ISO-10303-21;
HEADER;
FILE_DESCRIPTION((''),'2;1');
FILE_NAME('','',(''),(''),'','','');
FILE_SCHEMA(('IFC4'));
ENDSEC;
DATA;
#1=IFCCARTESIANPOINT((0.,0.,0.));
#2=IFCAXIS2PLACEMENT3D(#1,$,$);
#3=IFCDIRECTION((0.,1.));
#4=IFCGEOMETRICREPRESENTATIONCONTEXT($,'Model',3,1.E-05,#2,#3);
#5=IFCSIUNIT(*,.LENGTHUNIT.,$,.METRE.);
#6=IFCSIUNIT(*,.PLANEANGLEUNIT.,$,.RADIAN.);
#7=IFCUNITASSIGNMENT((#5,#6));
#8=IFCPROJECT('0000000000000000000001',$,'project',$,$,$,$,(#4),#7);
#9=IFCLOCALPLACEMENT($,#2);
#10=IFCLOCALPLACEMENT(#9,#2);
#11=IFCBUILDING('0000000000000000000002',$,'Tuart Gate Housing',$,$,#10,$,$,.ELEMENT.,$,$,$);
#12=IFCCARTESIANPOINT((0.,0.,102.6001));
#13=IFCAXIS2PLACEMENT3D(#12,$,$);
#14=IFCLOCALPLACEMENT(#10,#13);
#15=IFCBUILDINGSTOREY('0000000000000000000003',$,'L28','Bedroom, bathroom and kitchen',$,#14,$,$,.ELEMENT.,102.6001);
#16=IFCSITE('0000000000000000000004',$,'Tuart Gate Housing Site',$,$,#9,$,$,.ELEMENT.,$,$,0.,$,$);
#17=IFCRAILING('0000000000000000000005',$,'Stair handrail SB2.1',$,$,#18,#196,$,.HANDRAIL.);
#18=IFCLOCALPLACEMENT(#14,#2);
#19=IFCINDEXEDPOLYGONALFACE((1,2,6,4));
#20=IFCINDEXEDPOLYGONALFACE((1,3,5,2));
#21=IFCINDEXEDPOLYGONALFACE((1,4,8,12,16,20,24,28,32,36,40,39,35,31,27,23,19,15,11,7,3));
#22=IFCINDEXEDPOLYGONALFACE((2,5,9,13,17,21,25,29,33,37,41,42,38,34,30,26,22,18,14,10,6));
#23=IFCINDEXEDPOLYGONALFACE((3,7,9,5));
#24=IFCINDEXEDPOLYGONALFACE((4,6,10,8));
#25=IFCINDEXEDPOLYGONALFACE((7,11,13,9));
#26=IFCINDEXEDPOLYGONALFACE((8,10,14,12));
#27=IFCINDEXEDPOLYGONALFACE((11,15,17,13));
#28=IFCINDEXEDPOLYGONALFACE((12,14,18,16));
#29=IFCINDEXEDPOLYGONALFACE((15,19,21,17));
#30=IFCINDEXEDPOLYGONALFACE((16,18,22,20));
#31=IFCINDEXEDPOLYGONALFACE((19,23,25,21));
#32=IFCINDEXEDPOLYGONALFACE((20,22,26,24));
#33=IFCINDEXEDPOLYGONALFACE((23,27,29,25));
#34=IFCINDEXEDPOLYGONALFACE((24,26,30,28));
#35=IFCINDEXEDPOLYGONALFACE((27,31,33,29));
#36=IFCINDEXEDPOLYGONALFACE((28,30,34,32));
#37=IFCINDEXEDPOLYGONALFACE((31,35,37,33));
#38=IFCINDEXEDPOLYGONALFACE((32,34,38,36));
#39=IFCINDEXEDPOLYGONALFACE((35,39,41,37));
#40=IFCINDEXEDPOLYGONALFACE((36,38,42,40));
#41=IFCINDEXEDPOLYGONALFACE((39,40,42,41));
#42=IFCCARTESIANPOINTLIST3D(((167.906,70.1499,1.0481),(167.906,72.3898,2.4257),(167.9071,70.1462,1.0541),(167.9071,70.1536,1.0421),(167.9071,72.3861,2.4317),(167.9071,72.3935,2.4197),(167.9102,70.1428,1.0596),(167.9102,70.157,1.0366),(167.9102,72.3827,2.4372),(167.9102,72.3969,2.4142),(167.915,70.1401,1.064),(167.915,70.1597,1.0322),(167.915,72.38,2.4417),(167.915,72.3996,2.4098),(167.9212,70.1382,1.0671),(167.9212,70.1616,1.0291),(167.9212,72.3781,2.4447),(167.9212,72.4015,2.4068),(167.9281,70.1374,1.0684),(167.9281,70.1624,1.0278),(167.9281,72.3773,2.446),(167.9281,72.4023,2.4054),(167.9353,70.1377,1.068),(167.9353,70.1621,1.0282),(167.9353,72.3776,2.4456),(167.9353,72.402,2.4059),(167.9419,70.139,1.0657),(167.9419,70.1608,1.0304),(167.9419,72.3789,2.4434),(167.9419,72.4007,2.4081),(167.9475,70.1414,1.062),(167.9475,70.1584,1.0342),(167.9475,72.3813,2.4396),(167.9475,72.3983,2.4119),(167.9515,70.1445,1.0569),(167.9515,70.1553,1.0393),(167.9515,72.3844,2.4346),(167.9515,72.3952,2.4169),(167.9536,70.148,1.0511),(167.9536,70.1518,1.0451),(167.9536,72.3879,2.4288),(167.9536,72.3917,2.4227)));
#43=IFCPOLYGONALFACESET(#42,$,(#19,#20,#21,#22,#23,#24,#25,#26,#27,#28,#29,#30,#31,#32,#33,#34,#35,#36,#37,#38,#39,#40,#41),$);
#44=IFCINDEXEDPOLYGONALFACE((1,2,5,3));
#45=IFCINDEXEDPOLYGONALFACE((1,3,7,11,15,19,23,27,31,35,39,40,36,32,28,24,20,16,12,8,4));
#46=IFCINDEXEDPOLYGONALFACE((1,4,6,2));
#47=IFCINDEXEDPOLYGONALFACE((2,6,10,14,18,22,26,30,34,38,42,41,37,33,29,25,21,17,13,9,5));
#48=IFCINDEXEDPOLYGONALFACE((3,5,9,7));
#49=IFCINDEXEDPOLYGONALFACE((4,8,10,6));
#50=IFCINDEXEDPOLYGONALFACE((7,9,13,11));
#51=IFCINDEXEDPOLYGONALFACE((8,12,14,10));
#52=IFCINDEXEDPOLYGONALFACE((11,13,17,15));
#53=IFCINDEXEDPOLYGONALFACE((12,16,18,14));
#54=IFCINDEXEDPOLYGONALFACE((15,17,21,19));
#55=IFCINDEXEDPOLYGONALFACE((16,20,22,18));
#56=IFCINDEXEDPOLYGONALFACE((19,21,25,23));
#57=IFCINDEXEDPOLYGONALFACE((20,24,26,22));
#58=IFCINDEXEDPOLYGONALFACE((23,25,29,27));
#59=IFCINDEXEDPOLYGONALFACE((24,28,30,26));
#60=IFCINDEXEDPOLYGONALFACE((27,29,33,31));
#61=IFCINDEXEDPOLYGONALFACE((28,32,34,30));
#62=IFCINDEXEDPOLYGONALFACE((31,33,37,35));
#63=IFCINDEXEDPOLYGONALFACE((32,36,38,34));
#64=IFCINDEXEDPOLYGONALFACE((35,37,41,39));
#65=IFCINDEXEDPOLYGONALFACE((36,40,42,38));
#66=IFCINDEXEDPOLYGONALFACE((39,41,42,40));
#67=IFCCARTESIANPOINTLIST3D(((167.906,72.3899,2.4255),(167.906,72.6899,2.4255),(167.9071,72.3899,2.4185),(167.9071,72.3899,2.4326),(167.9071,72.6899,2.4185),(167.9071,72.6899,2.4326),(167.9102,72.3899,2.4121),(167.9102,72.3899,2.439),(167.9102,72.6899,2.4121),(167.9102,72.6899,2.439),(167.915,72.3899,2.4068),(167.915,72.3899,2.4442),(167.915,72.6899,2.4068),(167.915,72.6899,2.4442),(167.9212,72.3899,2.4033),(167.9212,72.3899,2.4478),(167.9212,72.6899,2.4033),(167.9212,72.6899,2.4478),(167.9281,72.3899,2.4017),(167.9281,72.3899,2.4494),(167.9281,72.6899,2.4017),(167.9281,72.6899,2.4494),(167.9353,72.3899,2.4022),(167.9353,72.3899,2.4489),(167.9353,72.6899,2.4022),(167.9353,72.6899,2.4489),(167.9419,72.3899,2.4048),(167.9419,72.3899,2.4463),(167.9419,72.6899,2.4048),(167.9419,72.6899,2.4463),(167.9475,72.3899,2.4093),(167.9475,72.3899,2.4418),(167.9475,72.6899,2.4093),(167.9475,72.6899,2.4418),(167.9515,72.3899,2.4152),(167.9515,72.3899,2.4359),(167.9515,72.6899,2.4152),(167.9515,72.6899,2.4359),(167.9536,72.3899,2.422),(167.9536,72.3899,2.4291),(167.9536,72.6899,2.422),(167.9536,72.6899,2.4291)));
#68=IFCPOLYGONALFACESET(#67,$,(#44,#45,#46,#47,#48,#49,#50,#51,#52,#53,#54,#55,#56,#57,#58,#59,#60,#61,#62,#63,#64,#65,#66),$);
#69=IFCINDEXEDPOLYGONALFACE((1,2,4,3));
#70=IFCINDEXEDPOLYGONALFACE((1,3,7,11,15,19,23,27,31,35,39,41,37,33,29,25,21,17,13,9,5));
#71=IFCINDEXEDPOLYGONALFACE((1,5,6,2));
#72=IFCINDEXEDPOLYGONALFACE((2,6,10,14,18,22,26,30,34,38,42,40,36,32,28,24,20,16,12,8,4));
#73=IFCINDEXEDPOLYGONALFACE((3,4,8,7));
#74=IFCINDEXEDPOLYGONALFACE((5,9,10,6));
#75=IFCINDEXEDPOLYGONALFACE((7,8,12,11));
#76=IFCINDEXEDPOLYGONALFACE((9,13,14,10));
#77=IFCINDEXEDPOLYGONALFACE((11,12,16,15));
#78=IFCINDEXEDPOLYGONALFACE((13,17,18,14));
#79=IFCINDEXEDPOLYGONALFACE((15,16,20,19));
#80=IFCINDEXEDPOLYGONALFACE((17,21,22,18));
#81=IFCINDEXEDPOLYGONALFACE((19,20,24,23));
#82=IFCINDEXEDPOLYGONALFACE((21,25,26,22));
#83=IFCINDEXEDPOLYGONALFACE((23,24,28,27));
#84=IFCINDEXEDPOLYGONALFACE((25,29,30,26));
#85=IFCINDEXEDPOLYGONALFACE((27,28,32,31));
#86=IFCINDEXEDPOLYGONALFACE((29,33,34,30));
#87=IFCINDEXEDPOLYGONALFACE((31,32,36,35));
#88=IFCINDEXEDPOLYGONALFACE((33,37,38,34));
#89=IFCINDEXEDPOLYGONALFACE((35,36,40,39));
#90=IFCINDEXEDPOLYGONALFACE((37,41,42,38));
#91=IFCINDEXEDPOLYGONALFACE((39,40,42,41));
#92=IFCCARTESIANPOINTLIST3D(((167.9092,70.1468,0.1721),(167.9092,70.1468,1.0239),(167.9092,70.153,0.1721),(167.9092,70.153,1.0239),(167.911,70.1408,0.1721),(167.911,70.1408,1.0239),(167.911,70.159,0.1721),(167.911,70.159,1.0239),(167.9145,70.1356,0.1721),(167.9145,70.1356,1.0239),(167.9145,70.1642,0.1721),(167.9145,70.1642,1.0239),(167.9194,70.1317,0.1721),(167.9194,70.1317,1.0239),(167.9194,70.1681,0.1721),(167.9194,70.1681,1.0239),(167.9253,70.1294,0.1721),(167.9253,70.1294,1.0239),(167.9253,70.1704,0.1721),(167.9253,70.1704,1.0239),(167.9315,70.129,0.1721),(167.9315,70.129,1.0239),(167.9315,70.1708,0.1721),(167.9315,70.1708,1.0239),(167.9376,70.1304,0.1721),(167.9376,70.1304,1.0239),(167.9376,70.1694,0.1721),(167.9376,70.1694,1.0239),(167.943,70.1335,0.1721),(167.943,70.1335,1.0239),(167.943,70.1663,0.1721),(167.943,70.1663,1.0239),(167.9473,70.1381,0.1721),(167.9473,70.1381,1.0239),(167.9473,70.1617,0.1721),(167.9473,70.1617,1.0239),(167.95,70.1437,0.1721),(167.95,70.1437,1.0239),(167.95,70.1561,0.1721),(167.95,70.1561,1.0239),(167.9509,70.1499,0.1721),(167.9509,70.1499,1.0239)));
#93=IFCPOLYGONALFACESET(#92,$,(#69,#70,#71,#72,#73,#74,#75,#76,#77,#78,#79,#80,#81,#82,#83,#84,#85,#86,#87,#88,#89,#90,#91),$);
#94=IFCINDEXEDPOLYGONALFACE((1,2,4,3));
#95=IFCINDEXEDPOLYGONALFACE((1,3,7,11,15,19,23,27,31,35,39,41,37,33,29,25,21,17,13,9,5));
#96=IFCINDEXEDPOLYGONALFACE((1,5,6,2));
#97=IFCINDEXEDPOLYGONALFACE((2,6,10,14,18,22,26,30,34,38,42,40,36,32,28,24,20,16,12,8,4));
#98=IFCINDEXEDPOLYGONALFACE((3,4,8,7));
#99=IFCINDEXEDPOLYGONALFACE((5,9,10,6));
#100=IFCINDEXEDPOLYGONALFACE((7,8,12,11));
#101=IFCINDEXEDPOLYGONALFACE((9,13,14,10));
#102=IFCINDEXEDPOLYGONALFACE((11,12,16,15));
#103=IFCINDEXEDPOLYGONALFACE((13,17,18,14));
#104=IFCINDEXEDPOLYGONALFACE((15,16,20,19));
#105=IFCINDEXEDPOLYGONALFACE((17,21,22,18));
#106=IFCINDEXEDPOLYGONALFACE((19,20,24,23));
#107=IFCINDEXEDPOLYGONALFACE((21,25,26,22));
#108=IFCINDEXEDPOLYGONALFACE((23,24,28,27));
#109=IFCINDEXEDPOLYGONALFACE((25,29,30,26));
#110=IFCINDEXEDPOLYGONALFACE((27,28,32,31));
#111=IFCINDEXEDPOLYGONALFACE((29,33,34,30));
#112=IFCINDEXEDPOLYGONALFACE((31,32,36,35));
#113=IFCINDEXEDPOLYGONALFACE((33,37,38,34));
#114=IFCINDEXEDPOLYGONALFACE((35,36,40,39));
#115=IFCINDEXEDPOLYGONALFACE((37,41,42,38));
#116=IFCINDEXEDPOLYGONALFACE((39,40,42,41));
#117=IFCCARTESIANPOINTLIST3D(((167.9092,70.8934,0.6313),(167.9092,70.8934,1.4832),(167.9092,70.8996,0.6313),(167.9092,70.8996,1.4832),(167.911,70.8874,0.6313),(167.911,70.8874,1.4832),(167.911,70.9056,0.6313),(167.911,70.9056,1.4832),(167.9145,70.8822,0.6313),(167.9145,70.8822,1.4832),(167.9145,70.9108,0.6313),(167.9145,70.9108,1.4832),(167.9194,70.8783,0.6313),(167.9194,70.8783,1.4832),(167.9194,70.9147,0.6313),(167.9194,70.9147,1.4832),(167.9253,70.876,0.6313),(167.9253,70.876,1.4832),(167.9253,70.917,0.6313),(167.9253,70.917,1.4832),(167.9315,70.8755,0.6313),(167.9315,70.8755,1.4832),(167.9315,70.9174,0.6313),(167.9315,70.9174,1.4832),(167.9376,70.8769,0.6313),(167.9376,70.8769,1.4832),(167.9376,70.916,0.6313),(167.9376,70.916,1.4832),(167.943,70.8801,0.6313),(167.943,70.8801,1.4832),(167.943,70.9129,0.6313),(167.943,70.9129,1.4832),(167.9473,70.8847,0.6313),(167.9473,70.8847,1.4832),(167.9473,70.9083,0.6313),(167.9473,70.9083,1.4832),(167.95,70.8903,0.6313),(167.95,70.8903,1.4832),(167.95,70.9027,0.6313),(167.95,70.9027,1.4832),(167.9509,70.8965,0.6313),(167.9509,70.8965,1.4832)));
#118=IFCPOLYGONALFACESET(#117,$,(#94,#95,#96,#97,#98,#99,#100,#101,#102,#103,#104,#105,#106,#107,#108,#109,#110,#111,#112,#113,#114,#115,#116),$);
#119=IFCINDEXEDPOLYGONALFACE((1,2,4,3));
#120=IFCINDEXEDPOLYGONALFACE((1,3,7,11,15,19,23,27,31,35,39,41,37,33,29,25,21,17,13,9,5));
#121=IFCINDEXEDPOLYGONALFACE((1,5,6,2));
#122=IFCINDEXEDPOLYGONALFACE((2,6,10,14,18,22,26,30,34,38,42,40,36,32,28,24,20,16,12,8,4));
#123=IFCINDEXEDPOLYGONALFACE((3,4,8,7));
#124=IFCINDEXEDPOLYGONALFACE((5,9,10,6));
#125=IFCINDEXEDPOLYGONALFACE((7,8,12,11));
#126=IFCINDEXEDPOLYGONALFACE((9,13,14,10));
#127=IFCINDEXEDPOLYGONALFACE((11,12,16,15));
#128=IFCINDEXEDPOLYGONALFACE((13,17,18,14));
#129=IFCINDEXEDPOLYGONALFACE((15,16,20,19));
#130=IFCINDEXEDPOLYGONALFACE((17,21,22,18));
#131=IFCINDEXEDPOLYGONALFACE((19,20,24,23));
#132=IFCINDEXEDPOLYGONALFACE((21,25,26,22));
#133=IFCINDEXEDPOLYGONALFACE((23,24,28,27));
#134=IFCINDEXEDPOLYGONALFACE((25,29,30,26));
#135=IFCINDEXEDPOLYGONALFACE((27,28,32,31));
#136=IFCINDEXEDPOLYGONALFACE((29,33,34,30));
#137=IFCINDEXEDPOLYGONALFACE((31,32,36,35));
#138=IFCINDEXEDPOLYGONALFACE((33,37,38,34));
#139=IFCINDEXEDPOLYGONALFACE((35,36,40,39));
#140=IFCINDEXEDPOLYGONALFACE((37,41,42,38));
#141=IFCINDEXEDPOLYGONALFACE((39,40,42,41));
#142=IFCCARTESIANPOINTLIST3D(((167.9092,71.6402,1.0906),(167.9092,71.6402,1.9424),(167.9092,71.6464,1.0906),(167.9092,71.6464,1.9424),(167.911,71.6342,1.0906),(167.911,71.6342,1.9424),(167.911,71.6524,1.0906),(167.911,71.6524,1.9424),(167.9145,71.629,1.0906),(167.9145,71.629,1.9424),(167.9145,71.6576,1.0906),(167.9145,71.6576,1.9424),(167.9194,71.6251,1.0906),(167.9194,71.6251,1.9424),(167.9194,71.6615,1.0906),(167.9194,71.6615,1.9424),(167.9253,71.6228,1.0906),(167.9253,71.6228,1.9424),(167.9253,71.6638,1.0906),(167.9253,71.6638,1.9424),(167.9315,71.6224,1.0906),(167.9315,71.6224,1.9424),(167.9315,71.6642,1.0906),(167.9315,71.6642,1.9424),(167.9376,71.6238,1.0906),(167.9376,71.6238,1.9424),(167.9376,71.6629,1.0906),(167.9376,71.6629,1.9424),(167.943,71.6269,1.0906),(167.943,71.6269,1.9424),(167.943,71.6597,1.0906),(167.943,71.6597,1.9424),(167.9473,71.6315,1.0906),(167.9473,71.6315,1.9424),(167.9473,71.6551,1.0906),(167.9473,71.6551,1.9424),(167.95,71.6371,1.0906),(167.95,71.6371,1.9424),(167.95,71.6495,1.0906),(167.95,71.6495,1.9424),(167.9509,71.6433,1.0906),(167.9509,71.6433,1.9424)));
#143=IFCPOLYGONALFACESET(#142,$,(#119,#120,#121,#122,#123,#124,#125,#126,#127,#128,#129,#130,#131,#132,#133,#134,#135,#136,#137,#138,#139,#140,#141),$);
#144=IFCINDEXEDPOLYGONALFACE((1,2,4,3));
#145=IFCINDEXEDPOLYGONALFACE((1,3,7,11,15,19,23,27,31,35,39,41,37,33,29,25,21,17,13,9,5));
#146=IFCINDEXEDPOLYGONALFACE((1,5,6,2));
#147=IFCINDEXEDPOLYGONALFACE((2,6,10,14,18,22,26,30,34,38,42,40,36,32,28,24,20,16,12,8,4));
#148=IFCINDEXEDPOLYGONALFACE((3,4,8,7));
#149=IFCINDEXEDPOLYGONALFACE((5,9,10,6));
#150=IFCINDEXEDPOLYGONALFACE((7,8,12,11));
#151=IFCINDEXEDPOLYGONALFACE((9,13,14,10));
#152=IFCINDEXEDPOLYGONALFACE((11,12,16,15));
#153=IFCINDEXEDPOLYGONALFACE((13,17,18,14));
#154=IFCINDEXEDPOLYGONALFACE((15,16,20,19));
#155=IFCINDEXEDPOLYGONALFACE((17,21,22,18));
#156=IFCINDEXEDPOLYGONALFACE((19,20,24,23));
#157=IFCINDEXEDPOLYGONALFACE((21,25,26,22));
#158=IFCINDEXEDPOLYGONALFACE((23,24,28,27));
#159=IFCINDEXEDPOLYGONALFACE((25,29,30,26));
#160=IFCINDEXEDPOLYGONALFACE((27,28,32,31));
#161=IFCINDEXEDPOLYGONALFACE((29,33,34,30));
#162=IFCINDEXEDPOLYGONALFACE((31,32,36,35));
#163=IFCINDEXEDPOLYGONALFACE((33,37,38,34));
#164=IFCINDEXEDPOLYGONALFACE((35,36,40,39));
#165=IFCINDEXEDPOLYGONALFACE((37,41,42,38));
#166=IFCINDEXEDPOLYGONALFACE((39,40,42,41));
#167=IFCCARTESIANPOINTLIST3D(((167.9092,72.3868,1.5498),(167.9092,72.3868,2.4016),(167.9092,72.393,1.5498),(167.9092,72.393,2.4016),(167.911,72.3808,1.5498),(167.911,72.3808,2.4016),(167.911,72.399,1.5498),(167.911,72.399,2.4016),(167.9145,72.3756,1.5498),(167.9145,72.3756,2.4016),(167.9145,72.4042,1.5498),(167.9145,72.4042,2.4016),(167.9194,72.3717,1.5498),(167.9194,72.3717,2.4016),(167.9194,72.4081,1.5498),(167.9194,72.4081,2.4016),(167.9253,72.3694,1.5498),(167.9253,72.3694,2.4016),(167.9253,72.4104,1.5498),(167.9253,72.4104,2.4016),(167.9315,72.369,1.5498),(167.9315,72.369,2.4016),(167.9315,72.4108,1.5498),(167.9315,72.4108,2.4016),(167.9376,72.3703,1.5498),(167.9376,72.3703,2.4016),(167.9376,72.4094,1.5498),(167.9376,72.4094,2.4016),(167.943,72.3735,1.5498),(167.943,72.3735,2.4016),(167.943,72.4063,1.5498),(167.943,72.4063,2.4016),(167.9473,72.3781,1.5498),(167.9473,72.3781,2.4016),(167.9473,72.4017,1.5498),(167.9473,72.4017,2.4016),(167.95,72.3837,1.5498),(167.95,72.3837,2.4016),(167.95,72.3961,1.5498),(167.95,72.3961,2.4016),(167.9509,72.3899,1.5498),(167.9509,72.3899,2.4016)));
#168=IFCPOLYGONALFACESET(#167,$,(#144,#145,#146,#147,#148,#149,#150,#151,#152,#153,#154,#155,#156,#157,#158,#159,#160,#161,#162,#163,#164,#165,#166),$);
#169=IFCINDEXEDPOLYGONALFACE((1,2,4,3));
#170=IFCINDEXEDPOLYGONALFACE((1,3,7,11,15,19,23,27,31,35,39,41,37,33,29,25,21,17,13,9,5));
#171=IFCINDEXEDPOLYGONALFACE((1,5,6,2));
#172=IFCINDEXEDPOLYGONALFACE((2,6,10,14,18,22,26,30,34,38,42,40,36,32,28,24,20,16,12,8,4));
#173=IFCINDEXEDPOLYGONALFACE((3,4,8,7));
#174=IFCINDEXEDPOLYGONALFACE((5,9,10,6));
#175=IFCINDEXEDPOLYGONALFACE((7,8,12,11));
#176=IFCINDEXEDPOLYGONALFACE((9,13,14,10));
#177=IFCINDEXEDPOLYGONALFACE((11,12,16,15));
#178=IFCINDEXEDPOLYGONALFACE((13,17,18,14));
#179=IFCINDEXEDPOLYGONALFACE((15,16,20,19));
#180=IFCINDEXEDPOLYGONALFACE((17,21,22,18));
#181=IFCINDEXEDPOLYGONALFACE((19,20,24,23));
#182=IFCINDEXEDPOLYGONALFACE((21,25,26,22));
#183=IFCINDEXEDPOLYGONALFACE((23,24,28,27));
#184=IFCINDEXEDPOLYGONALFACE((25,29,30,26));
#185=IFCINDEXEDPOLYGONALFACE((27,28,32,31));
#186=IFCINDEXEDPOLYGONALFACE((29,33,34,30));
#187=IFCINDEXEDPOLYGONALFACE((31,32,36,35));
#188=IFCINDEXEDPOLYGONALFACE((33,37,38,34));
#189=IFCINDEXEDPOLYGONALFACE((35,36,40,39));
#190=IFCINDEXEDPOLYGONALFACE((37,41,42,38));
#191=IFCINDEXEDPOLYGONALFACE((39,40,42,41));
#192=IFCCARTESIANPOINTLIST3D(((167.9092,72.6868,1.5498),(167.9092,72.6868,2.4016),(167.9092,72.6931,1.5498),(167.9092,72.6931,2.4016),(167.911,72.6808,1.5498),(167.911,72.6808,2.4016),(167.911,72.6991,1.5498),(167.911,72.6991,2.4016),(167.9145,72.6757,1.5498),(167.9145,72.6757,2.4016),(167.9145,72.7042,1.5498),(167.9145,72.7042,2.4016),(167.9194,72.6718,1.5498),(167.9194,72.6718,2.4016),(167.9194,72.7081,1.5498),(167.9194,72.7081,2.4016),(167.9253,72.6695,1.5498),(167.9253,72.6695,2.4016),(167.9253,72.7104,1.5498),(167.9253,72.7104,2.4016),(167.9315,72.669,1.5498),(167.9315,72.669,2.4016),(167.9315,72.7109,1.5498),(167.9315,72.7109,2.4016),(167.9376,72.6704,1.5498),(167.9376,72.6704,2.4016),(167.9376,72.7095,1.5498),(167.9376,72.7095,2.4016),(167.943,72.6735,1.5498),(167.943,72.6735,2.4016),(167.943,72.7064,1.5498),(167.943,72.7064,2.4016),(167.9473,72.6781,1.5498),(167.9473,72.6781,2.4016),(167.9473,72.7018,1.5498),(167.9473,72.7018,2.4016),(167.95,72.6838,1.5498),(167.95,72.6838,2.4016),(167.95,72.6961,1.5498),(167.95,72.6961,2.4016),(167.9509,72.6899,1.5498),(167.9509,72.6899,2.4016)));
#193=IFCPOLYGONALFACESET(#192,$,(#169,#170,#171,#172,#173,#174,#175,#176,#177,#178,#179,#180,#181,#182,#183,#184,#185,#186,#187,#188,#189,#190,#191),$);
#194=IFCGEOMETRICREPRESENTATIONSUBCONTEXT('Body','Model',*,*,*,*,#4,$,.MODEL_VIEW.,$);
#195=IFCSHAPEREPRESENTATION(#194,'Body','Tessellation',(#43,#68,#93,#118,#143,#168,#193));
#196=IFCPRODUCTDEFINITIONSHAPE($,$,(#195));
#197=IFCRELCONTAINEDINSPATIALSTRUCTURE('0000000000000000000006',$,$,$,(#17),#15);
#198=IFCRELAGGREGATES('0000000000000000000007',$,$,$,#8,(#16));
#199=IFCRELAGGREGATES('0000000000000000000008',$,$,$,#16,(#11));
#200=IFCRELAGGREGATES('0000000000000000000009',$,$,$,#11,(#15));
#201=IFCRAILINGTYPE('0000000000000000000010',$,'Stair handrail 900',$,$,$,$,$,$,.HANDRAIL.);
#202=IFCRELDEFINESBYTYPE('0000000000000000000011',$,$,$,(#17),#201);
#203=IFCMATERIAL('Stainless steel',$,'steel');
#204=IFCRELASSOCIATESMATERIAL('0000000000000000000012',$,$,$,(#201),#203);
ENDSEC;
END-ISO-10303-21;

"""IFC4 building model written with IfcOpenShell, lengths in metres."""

from ifc_helpers import new_model, si_unit, direction, frame, origin, origin_2d, place, context, subcontext, project, spatial, circle, extrude, material, type_object, element, save


model = new_model("IFC4")

# Units and contexts
model_context = context("Model", 3, precision=1e-05, world=origin(), true_north=direction((0.0, 1.0)))
body_context = subcontext(model_context, "Body", "Model", "MODEL_VIEW")
ifc_project = project(units=[si_unit("LENGTHUNIT", "METRE"), si_unit("PLANEANGLEUNIT", "RADIAN")], contexts=[model_context])

# Site, building, storey
site_placement = place(None, origin())
site = spatial("IfcSite", under=ifc_project, at=site_placement, Name="Tuart Gate Housing Site", CompositionType="ELEMENT", RefElevation=0.0)
building_placement = place(site_placement, origin())
building = spatial("IfcBuilding", under=site, at=building_placement, Name="Tuart Gate Housing", CompositionType="ELEMENT")
storey_placement = place(building_placement, frame((0.0, 0.0, 102.6001)))
storey = spatial("IfcBuildingStorey", under=building, at=storey_placement, Name="L28", Description="Bedroom, bathroom and kitchen", CompositionType="ELEMENT", Elevation=102.6001)

# Railing
ifc_material_1 = material(Name="Stainless steel", Category="steel")
railing_type = type_object("IfcRailingType", Name="Stair handrail 900", PredefinedType="HANDRAIL", material=ifc_material_1)
railing_placement = place(storey_placement, frame((167.9299, 70.1499, 0.1721)))
element("IfcRailing", 1, at=railing_placement, inside=storey, type_object=railing_type, Name="Stair handrail SB2.1", PredefinedType="HANDRAIL", context=body_context, shape_type="SweptSolid", body=[
    extrude(circle(Radius=0.0239, at=origin_2d()), frame((0.0, 0.0, 0.876), z_axis=(0.0, 0.851789, 0.523885), x_axis=(-1.0, 0.0, 0.0)), (0.0, 0.0, 1.0), 2.6296),
    extrude(circle(Radius=0.0239, at=origin_2d()), frame((0.0, 2.24, 2.2534), z_axis=(0.0, 1.0, 0.0), x_axis=(-1.0, 0.0, 0.0)), (0.0, 0.0, 1.0), 0.3),
    extrude(circle(Radius=0.021, at=origin_2d()), origin(), (0.0, 0.0, 1.0), 0.8518),
    extrude(circle(Radius=0.021, at=origin_2d()), frame((0.0, 0.7466, 0.4592)), (0.0, 0.0, 1.0), 0.8518),
    extrude(circle(Radius=0.021, at=origin_2d()), frame((0.0, 1.4934, 0.9185)), (0.0, 0.0, 1.0), 0.8518),
    extrude(circle(Radius=0.021, at=origin_2d()), frame((0.0, 2.24, 1.3777)), (0.0, 0.0, 1.0), 0.8518),
    extrude(circle(Radius=0.021, at=origin_2d()), frame((0.0, 2.54, 1.3777)), (0.0, 0.0, 1.0), 0.8518),
])

save(model, "model.ifc")
